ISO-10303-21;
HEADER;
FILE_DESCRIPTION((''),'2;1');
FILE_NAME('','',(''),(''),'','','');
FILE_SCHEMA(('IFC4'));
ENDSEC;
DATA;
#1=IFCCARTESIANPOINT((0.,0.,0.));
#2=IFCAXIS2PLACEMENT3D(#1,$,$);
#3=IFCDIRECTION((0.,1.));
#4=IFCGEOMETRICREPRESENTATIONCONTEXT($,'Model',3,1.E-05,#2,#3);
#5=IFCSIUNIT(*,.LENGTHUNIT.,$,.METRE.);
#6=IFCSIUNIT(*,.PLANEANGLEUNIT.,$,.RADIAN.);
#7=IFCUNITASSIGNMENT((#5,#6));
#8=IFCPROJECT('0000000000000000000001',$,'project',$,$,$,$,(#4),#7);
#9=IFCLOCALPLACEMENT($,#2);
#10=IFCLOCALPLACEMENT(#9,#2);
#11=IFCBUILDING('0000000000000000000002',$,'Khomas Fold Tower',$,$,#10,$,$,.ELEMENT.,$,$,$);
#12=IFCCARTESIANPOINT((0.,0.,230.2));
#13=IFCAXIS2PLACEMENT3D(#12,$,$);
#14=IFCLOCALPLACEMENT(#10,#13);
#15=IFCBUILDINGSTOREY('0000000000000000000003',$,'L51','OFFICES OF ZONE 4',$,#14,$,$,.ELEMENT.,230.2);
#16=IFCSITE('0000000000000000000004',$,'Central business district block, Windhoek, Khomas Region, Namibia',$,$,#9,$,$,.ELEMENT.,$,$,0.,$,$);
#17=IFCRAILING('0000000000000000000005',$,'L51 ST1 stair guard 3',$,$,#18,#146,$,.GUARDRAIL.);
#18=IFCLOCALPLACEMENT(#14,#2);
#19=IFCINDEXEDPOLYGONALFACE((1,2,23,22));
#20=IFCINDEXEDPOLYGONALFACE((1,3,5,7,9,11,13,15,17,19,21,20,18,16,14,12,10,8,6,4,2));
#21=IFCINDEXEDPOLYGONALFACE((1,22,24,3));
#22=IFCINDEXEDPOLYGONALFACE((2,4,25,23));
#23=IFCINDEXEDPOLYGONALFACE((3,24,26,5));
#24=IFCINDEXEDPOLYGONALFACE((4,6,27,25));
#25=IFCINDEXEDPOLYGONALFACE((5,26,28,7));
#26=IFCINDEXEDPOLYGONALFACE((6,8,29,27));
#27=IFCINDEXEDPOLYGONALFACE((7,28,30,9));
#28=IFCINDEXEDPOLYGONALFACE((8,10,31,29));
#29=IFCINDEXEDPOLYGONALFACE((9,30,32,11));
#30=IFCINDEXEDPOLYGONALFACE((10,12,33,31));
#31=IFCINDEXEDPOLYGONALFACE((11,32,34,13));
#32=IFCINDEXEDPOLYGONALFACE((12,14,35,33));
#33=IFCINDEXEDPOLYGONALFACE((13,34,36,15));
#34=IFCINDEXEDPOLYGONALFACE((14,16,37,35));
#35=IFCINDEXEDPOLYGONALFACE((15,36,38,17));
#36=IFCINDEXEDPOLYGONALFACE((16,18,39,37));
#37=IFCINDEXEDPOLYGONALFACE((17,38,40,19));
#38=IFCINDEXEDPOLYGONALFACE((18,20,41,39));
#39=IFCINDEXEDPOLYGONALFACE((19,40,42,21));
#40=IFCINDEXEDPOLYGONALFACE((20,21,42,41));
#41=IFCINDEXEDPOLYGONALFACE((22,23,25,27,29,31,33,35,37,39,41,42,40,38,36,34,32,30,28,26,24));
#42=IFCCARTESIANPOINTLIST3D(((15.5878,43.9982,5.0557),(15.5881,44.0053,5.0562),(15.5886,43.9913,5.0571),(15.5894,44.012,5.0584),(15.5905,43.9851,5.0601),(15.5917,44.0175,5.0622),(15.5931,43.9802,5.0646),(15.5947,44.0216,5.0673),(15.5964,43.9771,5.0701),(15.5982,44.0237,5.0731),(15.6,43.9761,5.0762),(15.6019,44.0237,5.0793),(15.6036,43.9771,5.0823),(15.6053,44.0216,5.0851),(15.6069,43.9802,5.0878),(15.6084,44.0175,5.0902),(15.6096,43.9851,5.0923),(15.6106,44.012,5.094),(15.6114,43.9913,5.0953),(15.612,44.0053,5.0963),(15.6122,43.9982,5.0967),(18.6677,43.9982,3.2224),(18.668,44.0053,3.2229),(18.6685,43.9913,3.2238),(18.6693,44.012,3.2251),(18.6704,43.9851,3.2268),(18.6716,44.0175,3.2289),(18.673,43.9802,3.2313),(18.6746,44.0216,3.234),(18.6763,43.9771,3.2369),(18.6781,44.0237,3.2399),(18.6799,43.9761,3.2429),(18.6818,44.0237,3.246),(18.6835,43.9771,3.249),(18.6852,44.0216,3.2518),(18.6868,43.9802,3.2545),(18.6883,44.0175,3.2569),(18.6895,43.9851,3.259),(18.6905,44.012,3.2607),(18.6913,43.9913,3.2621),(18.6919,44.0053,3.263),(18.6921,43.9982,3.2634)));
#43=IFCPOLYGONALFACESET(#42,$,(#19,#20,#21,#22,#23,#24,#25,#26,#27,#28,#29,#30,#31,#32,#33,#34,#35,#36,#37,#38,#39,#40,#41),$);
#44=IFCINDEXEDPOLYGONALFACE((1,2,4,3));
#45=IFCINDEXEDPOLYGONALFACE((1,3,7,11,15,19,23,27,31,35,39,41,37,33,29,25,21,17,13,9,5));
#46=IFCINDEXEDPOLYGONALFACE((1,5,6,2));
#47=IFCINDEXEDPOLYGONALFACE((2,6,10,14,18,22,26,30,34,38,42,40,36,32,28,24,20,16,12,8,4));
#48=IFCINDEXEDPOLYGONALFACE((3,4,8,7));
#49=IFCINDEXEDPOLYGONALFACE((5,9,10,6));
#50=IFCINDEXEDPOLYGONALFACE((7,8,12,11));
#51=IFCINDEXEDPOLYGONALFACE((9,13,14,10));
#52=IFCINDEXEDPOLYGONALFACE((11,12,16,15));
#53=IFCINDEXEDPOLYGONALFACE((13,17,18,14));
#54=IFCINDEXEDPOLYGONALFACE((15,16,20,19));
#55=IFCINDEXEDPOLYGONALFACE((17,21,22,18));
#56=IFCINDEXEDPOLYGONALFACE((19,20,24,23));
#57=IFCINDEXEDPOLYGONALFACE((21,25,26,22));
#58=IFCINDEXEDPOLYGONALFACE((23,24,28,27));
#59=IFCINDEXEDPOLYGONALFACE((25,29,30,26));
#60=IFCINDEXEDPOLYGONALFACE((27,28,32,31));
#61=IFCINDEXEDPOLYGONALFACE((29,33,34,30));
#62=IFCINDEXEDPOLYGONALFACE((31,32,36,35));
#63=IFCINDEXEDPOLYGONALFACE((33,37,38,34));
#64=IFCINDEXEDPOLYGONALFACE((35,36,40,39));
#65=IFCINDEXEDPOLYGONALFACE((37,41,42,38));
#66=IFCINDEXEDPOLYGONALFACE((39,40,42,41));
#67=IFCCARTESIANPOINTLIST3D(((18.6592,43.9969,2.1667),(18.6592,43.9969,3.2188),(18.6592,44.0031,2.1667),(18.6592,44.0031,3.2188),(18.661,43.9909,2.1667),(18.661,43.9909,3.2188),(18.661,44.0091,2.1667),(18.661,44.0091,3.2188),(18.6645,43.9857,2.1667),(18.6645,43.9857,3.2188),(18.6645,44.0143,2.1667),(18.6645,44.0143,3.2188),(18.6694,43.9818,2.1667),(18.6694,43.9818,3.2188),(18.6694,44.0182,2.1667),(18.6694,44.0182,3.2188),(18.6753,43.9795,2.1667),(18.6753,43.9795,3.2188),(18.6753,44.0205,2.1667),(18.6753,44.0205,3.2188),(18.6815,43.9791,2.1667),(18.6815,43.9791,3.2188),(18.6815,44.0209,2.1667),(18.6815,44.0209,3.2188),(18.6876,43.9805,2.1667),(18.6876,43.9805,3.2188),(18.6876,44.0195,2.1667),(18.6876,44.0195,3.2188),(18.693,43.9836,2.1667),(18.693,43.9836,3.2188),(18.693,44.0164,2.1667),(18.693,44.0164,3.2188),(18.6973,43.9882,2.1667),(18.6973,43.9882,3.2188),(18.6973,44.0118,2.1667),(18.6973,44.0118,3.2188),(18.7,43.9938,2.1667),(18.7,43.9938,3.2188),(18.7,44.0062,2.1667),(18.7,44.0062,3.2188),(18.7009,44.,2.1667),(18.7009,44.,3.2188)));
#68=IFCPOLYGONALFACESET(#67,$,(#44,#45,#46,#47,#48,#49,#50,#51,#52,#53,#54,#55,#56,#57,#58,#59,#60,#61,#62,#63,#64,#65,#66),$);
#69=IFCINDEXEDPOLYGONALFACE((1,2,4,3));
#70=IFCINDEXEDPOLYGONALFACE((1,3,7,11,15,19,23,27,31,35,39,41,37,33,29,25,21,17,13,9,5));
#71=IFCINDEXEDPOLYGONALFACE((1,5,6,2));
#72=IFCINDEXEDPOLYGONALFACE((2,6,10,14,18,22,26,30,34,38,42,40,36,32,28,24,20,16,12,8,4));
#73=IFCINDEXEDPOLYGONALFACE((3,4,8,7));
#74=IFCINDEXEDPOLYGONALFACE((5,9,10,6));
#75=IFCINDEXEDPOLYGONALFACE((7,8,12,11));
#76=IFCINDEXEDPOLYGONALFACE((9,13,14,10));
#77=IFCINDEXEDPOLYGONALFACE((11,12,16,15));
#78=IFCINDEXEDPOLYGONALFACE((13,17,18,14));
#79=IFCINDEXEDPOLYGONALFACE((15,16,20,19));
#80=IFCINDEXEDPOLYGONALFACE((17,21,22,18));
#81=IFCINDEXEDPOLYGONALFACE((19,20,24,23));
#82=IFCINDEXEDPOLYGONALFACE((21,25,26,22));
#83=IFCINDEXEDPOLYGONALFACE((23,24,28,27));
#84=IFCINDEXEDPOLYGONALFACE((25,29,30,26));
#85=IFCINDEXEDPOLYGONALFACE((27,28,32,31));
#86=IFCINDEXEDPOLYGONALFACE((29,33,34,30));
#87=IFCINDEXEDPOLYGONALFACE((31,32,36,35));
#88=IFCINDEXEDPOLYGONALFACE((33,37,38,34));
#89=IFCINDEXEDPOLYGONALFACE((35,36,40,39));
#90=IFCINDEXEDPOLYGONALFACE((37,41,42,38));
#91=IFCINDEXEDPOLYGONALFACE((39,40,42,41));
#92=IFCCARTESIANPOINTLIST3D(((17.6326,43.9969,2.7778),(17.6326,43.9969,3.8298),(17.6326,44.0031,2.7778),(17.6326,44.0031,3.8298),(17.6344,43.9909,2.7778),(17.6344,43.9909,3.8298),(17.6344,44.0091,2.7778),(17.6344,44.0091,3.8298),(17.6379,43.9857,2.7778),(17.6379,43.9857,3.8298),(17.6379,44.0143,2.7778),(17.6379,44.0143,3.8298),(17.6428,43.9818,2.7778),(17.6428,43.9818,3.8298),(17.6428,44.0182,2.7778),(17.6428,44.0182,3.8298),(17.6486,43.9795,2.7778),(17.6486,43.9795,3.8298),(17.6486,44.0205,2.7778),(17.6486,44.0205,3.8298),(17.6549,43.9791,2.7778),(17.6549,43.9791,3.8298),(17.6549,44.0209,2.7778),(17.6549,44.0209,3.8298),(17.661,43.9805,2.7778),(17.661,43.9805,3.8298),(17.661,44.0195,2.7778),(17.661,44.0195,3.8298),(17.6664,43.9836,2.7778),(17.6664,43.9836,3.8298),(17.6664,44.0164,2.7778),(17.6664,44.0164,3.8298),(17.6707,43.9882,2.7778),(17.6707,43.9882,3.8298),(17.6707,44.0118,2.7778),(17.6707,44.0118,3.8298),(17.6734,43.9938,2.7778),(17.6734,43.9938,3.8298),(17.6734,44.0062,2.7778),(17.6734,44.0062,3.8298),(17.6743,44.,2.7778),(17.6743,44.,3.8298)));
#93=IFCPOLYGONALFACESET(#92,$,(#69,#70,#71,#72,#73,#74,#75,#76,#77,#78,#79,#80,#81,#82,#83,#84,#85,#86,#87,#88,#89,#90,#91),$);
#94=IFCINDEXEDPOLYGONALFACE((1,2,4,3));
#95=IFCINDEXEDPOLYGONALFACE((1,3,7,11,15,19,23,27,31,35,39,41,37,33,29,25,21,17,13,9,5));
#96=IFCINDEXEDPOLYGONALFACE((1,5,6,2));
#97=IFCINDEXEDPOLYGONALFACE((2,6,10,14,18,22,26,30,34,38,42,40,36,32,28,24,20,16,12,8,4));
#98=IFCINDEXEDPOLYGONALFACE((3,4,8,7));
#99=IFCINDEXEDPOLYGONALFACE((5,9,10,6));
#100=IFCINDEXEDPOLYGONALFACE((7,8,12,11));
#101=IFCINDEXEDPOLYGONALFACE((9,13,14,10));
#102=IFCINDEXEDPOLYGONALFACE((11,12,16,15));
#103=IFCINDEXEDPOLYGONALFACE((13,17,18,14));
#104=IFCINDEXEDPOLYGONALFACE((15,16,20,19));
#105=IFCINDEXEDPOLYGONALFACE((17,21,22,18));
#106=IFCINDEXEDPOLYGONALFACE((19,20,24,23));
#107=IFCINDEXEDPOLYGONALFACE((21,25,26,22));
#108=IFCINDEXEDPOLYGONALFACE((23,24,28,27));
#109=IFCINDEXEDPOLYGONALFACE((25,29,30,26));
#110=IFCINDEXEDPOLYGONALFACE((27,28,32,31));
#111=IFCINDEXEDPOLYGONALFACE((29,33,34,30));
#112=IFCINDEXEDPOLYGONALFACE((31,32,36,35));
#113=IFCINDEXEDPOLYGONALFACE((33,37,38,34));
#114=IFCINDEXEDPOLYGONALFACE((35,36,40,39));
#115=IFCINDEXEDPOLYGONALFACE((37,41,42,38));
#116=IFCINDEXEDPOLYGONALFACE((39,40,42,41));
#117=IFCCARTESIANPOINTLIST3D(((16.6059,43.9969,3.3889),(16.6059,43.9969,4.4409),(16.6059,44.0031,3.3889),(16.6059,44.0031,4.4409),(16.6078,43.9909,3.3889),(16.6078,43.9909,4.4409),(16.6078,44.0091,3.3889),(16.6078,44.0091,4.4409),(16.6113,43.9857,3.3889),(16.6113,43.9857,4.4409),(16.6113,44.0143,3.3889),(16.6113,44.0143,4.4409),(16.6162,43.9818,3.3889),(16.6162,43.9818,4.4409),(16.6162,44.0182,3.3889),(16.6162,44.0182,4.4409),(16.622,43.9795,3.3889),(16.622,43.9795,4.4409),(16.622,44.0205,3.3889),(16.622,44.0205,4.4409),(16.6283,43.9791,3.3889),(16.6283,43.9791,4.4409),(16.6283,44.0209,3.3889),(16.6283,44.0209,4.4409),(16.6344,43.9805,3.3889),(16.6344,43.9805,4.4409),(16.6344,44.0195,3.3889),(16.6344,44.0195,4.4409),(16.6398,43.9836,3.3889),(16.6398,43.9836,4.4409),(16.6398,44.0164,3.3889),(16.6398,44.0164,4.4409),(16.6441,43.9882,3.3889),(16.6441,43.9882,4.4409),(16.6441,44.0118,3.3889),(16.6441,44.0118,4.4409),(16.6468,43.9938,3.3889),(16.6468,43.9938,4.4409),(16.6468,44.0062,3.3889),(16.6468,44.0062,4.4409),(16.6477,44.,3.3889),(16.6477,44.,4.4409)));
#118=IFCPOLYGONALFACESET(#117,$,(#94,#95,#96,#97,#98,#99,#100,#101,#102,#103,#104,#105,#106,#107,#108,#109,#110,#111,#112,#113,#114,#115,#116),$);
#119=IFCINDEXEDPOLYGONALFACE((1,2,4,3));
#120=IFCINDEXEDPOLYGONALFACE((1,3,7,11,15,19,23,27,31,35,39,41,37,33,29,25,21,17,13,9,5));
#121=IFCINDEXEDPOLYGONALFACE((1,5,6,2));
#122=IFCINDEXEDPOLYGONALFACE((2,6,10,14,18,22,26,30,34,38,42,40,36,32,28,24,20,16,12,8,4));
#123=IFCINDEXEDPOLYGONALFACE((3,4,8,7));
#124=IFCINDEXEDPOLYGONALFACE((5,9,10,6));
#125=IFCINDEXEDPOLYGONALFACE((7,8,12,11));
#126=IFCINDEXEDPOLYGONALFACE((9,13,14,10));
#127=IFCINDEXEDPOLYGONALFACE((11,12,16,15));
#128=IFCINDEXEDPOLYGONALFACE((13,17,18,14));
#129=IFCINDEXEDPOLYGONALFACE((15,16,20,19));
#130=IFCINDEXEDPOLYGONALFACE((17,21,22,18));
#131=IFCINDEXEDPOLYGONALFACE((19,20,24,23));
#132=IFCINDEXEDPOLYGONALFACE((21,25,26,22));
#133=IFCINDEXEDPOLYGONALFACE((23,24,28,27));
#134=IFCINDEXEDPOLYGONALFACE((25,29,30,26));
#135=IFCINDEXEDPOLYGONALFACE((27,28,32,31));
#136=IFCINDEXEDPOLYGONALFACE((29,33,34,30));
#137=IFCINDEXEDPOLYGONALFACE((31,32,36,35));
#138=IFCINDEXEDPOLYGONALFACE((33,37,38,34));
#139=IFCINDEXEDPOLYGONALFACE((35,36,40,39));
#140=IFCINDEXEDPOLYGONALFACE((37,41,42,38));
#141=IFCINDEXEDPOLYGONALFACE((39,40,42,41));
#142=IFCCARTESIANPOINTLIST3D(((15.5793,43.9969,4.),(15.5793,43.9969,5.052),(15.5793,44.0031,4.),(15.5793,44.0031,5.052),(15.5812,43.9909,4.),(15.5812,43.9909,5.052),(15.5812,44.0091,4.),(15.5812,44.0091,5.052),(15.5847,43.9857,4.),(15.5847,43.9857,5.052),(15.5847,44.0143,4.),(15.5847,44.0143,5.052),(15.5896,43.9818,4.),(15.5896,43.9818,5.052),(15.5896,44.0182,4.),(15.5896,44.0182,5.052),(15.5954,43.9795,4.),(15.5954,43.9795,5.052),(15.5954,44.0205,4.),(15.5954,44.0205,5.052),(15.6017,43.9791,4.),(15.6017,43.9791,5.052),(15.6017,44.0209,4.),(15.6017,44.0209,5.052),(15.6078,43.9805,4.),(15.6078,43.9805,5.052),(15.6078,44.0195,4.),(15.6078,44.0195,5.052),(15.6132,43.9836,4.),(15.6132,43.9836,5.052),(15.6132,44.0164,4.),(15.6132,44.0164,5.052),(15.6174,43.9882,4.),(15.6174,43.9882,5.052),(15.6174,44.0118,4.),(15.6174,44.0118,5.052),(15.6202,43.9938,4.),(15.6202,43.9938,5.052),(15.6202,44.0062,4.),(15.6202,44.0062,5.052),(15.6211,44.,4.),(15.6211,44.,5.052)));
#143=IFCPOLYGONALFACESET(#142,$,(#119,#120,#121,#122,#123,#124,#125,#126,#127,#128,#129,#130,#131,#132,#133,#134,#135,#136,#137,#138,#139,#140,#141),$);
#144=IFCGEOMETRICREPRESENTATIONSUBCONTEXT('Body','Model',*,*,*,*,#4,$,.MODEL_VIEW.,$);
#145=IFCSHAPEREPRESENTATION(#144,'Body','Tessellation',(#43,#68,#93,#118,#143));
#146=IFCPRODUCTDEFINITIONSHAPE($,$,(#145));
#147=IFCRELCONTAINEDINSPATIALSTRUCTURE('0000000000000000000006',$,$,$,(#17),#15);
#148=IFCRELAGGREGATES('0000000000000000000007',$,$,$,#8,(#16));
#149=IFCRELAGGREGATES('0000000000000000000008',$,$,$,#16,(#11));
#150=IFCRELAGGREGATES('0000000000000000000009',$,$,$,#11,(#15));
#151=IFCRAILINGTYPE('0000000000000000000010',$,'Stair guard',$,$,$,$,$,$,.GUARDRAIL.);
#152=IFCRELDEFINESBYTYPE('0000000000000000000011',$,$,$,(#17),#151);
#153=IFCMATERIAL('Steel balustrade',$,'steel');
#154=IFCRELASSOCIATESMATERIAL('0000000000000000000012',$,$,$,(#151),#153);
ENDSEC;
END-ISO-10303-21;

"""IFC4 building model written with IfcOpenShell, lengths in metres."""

from ifc_helpers import new_model, si_unit, direction, frame, origin, origin_2d, place, context, subcontext, project, spatial, circle, extrude, source, transform, mapped, material, type_object, element, save


model = new_model("IFC4")

# Units and contexts
model_context = context("Model", 3, precision=1e-05, world=origin(), true_north=direction((0.0, 1.0)))
body_context = subcontext(model_context, "Body", "Model", "MODEL_VIEW")
ifc_project = project(units=[si_unit("LENGTHUNIT", "METRE"), si_unit("PLANEANGLEUNIT", "RADIAN")], contexts=[model_context])

# Site, building, storey
site_placement = place(None, origin())
site = spatial("IfcSite", under=ifc_project, at=site_placement, Name="Central business district block, Windhoek, Khomas Region, Namibia", CompositionType="ELEMENT", RefElevation=0.0)
building_placement = place(site_placement, origin())
building = spatial("IfcBuilding", under=site, at=building_placement, Name="Khomas Fold Tower", CompositionType="ELEMENT")
storey_placement = place(building_placement, frame((0.0, 0.0, 230.2)))
storey = spatial("IfcBuildingStorey", under=building, at=storey_placement, Name="L51", Description="OFFICES OF ZONE 4", CompositionType="ELEMENT", Elevation=230.2)

# Railing
ifc_material_1 = material(Name="Steel balustrade", Category="steel")
railing_type_1 = type_object("IfcRailingType", Name="Stair guard", PredefinedType="GUARDRAIL", material=ifc_material_1)
shared_shape_1 = source(origin(), body_context, "Body", "SweptSolid", [
    extrude(circle(Radius=0.0239, at=origin_2d()), frame((0.0, 0.0, 1.0762), z_axis=(-0.859291, 0.0, 0.511487), x_axis=(0.0, -1.0, 0.0)), (0.0, 0.0, 1.0), 3.5842),
    extrude(circle(Radius=0.021, at=origin_2d()), origin(), (0.0, 0.0, 1.0), 1.052),
    extrude(circle(Radius=0.021, at=origin_2d()), frame((-1.0266, 0.0, 0.6111)), (0.0, 0.0, 1.0), 1.052),
    extrude(circle(Radius=0.021, at=origin_2d()), frame((-2.0532, 0.0, 1.2222)), (0.0, 0.0, 1.0), 1.052),
    extrude(circle(Radius=0.021, at=origin_2d()), frame((-3.0798, 0.0, 1.8333)), (0.0, 0.0, 1.0), 1.052),
])
railing_1_placement = place(storey_placement, frame((18.6799, 44.0, 2.1667)))
element("IfcRailing", 1, at=railing_1_placement, inside=storey, type_object=railing_type_1, Name="L51 ST1 stair guard 3", PredefinedType="GUARDRAIL", context=body_context, shape_type="MappedRepresentation", body=[
    mapped(shared_shape_1, transform((0.0, 0.0, 0.0))),
])

save(model, "model.ifc")
